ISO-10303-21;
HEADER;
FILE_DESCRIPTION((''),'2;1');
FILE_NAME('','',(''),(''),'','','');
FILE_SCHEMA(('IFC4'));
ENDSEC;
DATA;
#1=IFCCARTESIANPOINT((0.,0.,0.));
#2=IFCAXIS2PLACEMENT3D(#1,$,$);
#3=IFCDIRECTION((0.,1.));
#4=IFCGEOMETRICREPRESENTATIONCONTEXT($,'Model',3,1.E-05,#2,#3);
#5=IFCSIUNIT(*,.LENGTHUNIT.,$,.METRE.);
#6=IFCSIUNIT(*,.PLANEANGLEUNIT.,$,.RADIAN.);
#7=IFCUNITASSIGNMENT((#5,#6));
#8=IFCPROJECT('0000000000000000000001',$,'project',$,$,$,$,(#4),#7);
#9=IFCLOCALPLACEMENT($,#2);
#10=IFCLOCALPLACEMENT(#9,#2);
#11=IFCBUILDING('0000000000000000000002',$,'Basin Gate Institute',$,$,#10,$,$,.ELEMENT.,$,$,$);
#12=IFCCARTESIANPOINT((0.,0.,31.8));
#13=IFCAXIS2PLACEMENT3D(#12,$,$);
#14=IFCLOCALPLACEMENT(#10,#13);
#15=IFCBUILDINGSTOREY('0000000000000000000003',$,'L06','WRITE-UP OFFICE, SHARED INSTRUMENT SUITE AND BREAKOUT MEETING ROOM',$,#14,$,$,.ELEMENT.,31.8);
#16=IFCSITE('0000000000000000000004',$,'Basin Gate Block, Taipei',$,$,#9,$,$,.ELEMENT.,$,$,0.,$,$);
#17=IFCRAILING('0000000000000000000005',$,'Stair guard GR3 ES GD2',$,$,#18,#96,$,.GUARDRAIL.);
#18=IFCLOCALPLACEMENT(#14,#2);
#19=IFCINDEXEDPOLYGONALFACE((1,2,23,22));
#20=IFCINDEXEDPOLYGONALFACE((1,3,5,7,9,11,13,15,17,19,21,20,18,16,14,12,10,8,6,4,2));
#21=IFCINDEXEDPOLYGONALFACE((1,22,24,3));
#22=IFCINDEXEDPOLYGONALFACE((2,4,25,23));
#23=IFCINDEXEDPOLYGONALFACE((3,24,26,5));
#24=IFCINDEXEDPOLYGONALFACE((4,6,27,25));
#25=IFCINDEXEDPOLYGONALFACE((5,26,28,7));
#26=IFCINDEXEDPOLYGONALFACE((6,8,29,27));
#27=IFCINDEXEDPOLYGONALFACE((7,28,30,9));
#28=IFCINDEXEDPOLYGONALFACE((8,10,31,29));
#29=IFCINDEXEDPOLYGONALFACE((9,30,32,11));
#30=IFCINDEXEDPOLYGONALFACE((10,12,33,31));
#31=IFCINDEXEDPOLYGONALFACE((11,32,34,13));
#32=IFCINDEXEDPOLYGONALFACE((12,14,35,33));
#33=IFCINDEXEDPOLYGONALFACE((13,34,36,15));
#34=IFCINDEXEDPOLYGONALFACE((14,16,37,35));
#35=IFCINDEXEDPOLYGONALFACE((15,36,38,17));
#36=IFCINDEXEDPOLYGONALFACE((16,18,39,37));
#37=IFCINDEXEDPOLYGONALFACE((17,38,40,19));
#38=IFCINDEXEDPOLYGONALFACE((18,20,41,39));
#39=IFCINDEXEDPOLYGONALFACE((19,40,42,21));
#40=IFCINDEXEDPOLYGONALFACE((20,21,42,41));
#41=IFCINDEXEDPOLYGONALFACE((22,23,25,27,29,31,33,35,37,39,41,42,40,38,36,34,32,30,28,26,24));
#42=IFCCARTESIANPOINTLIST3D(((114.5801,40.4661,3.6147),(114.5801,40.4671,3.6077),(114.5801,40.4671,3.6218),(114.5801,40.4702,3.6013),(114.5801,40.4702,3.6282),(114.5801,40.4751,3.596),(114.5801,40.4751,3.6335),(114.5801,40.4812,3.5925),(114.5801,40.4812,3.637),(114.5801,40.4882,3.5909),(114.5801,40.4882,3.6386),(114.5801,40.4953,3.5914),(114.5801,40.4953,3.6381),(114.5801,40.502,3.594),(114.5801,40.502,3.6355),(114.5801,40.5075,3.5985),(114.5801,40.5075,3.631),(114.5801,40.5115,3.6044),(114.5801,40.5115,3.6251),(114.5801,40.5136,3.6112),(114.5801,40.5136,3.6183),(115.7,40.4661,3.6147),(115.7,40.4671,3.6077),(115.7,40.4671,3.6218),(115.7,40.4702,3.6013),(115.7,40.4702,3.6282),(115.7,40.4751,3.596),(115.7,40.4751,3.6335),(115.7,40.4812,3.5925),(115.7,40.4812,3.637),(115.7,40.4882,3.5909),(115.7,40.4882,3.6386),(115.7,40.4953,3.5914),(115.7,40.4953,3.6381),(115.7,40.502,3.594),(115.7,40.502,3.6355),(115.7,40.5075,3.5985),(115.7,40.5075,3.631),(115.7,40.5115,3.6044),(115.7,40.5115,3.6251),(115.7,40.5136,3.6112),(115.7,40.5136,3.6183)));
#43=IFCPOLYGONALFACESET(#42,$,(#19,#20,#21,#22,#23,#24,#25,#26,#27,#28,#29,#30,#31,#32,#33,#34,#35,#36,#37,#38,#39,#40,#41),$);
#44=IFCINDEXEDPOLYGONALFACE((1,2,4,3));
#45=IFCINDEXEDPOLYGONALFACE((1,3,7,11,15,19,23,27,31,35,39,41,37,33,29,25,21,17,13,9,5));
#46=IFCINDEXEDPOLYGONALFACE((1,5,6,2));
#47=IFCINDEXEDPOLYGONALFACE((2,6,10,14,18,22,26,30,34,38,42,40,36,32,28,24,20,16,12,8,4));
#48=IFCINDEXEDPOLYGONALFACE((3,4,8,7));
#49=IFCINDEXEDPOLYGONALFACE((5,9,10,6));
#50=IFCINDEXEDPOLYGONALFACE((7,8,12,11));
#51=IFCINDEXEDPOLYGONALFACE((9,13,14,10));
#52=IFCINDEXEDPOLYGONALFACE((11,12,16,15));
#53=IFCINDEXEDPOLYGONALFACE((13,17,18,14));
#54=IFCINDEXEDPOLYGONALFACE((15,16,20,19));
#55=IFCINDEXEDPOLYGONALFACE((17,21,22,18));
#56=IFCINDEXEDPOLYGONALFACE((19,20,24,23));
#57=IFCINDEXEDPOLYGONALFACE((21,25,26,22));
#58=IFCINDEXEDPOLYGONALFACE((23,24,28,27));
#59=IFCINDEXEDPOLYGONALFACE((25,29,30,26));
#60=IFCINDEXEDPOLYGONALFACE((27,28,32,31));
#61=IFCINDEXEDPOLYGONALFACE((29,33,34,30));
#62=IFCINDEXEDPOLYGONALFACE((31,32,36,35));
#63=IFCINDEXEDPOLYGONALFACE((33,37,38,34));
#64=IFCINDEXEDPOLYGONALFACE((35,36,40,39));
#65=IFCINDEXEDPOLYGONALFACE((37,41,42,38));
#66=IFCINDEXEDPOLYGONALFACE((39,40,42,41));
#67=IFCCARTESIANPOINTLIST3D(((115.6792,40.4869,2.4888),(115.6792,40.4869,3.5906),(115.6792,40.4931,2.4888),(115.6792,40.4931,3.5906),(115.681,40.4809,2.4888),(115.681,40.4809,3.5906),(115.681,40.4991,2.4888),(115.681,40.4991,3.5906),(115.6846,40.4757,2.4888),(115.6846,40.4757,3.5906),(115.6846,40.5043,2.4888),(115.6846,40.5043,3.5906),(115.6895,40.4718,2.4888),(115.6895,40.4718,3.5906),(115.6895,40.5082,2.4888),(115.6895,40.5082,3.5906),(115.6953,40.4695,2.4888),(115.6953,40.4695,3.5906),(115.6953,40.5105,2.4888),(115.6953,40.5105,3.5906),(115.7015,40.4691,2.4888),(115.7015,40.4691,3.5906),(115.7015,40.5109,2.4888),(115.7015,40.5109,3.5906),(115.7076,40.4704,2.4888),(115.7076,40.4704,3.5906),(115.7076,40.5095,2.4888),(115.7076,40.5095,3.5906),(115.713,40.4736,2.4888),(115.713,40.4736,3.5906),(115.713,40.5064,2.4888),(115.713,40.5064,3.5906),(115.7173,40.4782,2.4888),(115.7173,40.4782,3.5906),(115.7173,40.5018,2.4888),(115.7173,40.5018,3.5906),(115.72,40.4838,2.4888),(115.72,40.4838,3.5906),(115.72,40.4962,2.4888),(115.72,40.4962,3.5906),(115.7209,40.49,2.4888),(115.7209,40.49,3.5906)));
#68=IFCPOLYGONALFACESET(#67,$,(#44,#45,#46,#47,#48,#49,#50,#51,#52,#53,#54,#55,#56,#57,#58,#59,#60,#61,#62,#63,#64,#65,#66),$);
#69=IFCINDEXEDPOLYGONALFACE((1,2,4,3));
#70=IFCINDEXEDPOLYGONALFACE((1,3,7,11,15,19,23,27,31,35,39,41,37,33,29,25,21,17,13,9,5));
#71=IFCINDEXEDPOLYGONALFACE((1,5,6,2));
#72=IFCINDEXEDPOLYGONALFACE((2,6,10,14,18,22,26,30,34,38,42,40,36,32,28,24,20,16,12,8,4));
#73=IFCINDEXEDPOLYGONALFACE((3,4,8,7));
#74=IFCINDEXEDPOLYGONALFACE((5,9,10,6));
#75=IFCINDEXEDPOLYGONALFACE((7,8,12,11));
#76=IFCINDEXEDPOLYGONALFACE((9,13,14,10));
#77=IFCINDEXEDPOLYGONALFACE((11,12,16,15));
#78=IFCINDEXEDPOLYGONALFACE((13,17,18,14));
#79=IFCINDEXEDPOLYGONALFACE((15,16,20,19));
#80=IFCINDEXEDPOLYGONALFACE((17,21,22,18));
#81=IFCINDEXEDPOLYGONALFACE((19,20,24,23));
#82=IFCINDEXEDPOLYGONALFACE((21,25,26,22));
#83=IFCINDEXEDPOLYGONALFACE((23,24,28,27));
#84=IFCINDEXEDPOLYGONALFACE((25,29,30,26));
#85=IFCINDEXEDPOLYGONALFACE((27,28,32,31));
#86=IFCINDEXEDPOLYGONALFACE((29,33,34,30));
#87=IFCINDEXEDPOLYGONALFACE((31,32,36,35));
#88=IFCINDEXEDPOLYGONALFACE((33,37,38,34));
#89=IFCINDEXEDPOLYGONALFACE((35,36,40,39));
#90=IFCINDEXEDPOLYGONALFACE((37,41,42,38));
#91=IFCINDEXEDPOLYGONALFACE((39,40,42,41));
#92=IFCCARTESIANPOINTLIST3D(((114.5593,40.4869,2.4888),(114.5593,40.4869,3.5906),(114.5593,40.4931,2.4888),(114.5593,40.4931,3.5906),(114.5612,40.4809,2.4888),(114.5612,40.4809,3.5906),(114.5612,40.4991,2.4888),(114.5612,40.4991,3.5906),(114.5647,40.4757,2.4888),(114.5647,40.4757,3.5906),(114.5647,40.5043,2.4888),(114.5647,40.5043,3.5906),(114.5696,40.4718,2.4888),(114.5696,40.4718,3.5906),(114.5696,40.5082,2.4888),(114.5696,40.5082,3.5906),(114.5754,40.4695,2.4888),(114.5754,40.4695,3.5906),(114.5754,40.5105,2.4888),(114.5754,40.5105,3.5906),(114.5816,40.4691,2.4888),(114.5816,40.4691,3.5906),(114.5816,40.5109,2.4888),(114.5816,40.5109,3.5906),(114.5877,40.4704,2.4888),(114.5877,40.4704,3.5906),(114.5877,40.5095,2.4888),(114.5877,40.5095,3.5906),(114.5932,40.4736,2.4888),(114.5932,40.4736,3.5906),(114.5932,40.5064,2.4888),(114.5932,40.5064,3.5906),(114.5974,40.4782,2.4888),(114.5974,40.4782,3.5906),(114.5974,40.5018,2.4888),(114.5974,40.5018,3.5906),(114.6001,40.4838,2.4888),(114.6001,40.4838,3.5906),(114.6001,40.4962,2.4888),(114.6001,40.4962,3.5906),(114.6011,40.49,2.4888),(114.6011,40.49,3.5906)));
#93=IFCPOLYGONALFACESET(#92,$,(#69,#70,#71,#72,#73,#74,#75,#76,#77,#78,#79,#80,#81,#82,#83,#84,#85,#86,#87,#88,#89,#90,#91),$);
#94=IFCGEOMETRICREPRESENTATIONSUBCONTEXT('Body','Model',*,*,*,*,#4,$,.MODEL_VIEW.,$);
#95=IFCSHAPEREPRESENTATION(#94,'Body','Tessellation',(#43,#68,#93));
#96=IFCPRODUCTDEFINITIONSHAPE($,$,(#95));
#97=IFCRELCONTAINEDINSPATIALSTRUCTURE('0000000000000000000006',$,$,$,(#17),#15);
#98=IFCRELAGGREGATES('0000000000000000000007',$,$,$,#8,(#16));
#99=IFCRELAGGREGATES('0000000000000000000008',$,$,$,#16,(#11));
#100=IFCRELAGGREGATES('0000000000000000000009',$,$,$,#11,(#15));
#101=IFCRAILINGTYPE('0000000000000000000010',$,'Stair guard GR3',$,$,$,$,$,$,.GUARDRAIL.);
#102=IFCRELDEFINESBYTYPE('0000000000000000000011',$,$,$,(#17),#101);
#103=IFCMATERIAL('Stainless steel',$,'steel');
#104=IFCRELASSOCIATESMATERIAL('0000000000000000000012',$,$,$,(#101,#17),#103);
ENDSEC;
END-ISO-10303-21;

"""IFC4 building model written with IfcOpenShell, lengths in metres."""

from ifc_helpers import new_model, si_unit, direction, frame, origin, origin_2d, place, context, subcontext, project, spatial, circle, extrude, material, type_object, element, save


model = new_model("IFC4")

# Units and contexts
model_context = context("Model", 3, precision=1e-05, world=origin(), true_north=direction((0.0, 1.0)))
body_context = subcontext(model_context, "Body", "Model", "MODEL_VIEW")
ifc_project = project(units=[si_unit("LENGTHUNIT", "METRE"), si_unit("PLANEANGLEUNIT", "RADIAN")], contexts=[model_context])

# Site, building, storey
site_placement = place(None, origin())
site = spatial("IfcSite", under=ifc_project, at=site_placement, Name="Basin Gate Block, Taipei", CompositionType="ELEMENT", RefElevation=0.0)
building_placement = place(site_placement, origin())
building = spatial("IfcBuilding", under=site, at=building_placement, Name="Basin Gate Institute", CompositionType="ELEMENT")
storey_placement = place(building_placement, frame((0.0, 0.0, 31.8)))
storey = spatial("IfcBuildingStorey", under=building, at=storey_placement, Name="L06", Description="WRITE-UP OFFICE, SHARED INSTRUMENT SUITE AND BREAKOUT MEETING ROOM", CompositionType="ELEMENT", Elevation=31.8)

# Railing
ifc_material_1 = material(Name="Stainless steel", Category="steel")
railing_type_1 = type_object("IfcRailingType", Name="Stair guard GR3", PredefinedType="GUARDRAIL", material=ifc_material_1)
railing_1_placement = place(storey_placement, frame((115.7, 40.49, 2.4888)))
element("IfcRailing", 1, at=railing_1_placement, inside=storey, type_object=railing_type_1, material=ifc_material_1, Name="Stair guard GR3 ES GD2", PredefinedType="GUARDRAIL", context=body_context, shape_type="SweptSolid", body=[
    extrude(circle(Radius=0.0239, at=origin_2d()), frame((0.0, 0.0, 1.126), z_axis=(-1.0, 0.0, 0.0), x_axis=(0.0, -1.0, 0.0)), (0.0, 0.0, 1.0), 1.1199),
    extrude(circle(Radius=0.021, at=origin_2d()), origin(), (0.0, 0.0, 1.0), 1.1018),
    extrude(circle(Radius=0.021, at=origin_2d()), frame((-1.1199, 0.0, 0.0)), (0.0, 0.0, 1.0), 1.1018),
])

save(model, "model.ifc")
